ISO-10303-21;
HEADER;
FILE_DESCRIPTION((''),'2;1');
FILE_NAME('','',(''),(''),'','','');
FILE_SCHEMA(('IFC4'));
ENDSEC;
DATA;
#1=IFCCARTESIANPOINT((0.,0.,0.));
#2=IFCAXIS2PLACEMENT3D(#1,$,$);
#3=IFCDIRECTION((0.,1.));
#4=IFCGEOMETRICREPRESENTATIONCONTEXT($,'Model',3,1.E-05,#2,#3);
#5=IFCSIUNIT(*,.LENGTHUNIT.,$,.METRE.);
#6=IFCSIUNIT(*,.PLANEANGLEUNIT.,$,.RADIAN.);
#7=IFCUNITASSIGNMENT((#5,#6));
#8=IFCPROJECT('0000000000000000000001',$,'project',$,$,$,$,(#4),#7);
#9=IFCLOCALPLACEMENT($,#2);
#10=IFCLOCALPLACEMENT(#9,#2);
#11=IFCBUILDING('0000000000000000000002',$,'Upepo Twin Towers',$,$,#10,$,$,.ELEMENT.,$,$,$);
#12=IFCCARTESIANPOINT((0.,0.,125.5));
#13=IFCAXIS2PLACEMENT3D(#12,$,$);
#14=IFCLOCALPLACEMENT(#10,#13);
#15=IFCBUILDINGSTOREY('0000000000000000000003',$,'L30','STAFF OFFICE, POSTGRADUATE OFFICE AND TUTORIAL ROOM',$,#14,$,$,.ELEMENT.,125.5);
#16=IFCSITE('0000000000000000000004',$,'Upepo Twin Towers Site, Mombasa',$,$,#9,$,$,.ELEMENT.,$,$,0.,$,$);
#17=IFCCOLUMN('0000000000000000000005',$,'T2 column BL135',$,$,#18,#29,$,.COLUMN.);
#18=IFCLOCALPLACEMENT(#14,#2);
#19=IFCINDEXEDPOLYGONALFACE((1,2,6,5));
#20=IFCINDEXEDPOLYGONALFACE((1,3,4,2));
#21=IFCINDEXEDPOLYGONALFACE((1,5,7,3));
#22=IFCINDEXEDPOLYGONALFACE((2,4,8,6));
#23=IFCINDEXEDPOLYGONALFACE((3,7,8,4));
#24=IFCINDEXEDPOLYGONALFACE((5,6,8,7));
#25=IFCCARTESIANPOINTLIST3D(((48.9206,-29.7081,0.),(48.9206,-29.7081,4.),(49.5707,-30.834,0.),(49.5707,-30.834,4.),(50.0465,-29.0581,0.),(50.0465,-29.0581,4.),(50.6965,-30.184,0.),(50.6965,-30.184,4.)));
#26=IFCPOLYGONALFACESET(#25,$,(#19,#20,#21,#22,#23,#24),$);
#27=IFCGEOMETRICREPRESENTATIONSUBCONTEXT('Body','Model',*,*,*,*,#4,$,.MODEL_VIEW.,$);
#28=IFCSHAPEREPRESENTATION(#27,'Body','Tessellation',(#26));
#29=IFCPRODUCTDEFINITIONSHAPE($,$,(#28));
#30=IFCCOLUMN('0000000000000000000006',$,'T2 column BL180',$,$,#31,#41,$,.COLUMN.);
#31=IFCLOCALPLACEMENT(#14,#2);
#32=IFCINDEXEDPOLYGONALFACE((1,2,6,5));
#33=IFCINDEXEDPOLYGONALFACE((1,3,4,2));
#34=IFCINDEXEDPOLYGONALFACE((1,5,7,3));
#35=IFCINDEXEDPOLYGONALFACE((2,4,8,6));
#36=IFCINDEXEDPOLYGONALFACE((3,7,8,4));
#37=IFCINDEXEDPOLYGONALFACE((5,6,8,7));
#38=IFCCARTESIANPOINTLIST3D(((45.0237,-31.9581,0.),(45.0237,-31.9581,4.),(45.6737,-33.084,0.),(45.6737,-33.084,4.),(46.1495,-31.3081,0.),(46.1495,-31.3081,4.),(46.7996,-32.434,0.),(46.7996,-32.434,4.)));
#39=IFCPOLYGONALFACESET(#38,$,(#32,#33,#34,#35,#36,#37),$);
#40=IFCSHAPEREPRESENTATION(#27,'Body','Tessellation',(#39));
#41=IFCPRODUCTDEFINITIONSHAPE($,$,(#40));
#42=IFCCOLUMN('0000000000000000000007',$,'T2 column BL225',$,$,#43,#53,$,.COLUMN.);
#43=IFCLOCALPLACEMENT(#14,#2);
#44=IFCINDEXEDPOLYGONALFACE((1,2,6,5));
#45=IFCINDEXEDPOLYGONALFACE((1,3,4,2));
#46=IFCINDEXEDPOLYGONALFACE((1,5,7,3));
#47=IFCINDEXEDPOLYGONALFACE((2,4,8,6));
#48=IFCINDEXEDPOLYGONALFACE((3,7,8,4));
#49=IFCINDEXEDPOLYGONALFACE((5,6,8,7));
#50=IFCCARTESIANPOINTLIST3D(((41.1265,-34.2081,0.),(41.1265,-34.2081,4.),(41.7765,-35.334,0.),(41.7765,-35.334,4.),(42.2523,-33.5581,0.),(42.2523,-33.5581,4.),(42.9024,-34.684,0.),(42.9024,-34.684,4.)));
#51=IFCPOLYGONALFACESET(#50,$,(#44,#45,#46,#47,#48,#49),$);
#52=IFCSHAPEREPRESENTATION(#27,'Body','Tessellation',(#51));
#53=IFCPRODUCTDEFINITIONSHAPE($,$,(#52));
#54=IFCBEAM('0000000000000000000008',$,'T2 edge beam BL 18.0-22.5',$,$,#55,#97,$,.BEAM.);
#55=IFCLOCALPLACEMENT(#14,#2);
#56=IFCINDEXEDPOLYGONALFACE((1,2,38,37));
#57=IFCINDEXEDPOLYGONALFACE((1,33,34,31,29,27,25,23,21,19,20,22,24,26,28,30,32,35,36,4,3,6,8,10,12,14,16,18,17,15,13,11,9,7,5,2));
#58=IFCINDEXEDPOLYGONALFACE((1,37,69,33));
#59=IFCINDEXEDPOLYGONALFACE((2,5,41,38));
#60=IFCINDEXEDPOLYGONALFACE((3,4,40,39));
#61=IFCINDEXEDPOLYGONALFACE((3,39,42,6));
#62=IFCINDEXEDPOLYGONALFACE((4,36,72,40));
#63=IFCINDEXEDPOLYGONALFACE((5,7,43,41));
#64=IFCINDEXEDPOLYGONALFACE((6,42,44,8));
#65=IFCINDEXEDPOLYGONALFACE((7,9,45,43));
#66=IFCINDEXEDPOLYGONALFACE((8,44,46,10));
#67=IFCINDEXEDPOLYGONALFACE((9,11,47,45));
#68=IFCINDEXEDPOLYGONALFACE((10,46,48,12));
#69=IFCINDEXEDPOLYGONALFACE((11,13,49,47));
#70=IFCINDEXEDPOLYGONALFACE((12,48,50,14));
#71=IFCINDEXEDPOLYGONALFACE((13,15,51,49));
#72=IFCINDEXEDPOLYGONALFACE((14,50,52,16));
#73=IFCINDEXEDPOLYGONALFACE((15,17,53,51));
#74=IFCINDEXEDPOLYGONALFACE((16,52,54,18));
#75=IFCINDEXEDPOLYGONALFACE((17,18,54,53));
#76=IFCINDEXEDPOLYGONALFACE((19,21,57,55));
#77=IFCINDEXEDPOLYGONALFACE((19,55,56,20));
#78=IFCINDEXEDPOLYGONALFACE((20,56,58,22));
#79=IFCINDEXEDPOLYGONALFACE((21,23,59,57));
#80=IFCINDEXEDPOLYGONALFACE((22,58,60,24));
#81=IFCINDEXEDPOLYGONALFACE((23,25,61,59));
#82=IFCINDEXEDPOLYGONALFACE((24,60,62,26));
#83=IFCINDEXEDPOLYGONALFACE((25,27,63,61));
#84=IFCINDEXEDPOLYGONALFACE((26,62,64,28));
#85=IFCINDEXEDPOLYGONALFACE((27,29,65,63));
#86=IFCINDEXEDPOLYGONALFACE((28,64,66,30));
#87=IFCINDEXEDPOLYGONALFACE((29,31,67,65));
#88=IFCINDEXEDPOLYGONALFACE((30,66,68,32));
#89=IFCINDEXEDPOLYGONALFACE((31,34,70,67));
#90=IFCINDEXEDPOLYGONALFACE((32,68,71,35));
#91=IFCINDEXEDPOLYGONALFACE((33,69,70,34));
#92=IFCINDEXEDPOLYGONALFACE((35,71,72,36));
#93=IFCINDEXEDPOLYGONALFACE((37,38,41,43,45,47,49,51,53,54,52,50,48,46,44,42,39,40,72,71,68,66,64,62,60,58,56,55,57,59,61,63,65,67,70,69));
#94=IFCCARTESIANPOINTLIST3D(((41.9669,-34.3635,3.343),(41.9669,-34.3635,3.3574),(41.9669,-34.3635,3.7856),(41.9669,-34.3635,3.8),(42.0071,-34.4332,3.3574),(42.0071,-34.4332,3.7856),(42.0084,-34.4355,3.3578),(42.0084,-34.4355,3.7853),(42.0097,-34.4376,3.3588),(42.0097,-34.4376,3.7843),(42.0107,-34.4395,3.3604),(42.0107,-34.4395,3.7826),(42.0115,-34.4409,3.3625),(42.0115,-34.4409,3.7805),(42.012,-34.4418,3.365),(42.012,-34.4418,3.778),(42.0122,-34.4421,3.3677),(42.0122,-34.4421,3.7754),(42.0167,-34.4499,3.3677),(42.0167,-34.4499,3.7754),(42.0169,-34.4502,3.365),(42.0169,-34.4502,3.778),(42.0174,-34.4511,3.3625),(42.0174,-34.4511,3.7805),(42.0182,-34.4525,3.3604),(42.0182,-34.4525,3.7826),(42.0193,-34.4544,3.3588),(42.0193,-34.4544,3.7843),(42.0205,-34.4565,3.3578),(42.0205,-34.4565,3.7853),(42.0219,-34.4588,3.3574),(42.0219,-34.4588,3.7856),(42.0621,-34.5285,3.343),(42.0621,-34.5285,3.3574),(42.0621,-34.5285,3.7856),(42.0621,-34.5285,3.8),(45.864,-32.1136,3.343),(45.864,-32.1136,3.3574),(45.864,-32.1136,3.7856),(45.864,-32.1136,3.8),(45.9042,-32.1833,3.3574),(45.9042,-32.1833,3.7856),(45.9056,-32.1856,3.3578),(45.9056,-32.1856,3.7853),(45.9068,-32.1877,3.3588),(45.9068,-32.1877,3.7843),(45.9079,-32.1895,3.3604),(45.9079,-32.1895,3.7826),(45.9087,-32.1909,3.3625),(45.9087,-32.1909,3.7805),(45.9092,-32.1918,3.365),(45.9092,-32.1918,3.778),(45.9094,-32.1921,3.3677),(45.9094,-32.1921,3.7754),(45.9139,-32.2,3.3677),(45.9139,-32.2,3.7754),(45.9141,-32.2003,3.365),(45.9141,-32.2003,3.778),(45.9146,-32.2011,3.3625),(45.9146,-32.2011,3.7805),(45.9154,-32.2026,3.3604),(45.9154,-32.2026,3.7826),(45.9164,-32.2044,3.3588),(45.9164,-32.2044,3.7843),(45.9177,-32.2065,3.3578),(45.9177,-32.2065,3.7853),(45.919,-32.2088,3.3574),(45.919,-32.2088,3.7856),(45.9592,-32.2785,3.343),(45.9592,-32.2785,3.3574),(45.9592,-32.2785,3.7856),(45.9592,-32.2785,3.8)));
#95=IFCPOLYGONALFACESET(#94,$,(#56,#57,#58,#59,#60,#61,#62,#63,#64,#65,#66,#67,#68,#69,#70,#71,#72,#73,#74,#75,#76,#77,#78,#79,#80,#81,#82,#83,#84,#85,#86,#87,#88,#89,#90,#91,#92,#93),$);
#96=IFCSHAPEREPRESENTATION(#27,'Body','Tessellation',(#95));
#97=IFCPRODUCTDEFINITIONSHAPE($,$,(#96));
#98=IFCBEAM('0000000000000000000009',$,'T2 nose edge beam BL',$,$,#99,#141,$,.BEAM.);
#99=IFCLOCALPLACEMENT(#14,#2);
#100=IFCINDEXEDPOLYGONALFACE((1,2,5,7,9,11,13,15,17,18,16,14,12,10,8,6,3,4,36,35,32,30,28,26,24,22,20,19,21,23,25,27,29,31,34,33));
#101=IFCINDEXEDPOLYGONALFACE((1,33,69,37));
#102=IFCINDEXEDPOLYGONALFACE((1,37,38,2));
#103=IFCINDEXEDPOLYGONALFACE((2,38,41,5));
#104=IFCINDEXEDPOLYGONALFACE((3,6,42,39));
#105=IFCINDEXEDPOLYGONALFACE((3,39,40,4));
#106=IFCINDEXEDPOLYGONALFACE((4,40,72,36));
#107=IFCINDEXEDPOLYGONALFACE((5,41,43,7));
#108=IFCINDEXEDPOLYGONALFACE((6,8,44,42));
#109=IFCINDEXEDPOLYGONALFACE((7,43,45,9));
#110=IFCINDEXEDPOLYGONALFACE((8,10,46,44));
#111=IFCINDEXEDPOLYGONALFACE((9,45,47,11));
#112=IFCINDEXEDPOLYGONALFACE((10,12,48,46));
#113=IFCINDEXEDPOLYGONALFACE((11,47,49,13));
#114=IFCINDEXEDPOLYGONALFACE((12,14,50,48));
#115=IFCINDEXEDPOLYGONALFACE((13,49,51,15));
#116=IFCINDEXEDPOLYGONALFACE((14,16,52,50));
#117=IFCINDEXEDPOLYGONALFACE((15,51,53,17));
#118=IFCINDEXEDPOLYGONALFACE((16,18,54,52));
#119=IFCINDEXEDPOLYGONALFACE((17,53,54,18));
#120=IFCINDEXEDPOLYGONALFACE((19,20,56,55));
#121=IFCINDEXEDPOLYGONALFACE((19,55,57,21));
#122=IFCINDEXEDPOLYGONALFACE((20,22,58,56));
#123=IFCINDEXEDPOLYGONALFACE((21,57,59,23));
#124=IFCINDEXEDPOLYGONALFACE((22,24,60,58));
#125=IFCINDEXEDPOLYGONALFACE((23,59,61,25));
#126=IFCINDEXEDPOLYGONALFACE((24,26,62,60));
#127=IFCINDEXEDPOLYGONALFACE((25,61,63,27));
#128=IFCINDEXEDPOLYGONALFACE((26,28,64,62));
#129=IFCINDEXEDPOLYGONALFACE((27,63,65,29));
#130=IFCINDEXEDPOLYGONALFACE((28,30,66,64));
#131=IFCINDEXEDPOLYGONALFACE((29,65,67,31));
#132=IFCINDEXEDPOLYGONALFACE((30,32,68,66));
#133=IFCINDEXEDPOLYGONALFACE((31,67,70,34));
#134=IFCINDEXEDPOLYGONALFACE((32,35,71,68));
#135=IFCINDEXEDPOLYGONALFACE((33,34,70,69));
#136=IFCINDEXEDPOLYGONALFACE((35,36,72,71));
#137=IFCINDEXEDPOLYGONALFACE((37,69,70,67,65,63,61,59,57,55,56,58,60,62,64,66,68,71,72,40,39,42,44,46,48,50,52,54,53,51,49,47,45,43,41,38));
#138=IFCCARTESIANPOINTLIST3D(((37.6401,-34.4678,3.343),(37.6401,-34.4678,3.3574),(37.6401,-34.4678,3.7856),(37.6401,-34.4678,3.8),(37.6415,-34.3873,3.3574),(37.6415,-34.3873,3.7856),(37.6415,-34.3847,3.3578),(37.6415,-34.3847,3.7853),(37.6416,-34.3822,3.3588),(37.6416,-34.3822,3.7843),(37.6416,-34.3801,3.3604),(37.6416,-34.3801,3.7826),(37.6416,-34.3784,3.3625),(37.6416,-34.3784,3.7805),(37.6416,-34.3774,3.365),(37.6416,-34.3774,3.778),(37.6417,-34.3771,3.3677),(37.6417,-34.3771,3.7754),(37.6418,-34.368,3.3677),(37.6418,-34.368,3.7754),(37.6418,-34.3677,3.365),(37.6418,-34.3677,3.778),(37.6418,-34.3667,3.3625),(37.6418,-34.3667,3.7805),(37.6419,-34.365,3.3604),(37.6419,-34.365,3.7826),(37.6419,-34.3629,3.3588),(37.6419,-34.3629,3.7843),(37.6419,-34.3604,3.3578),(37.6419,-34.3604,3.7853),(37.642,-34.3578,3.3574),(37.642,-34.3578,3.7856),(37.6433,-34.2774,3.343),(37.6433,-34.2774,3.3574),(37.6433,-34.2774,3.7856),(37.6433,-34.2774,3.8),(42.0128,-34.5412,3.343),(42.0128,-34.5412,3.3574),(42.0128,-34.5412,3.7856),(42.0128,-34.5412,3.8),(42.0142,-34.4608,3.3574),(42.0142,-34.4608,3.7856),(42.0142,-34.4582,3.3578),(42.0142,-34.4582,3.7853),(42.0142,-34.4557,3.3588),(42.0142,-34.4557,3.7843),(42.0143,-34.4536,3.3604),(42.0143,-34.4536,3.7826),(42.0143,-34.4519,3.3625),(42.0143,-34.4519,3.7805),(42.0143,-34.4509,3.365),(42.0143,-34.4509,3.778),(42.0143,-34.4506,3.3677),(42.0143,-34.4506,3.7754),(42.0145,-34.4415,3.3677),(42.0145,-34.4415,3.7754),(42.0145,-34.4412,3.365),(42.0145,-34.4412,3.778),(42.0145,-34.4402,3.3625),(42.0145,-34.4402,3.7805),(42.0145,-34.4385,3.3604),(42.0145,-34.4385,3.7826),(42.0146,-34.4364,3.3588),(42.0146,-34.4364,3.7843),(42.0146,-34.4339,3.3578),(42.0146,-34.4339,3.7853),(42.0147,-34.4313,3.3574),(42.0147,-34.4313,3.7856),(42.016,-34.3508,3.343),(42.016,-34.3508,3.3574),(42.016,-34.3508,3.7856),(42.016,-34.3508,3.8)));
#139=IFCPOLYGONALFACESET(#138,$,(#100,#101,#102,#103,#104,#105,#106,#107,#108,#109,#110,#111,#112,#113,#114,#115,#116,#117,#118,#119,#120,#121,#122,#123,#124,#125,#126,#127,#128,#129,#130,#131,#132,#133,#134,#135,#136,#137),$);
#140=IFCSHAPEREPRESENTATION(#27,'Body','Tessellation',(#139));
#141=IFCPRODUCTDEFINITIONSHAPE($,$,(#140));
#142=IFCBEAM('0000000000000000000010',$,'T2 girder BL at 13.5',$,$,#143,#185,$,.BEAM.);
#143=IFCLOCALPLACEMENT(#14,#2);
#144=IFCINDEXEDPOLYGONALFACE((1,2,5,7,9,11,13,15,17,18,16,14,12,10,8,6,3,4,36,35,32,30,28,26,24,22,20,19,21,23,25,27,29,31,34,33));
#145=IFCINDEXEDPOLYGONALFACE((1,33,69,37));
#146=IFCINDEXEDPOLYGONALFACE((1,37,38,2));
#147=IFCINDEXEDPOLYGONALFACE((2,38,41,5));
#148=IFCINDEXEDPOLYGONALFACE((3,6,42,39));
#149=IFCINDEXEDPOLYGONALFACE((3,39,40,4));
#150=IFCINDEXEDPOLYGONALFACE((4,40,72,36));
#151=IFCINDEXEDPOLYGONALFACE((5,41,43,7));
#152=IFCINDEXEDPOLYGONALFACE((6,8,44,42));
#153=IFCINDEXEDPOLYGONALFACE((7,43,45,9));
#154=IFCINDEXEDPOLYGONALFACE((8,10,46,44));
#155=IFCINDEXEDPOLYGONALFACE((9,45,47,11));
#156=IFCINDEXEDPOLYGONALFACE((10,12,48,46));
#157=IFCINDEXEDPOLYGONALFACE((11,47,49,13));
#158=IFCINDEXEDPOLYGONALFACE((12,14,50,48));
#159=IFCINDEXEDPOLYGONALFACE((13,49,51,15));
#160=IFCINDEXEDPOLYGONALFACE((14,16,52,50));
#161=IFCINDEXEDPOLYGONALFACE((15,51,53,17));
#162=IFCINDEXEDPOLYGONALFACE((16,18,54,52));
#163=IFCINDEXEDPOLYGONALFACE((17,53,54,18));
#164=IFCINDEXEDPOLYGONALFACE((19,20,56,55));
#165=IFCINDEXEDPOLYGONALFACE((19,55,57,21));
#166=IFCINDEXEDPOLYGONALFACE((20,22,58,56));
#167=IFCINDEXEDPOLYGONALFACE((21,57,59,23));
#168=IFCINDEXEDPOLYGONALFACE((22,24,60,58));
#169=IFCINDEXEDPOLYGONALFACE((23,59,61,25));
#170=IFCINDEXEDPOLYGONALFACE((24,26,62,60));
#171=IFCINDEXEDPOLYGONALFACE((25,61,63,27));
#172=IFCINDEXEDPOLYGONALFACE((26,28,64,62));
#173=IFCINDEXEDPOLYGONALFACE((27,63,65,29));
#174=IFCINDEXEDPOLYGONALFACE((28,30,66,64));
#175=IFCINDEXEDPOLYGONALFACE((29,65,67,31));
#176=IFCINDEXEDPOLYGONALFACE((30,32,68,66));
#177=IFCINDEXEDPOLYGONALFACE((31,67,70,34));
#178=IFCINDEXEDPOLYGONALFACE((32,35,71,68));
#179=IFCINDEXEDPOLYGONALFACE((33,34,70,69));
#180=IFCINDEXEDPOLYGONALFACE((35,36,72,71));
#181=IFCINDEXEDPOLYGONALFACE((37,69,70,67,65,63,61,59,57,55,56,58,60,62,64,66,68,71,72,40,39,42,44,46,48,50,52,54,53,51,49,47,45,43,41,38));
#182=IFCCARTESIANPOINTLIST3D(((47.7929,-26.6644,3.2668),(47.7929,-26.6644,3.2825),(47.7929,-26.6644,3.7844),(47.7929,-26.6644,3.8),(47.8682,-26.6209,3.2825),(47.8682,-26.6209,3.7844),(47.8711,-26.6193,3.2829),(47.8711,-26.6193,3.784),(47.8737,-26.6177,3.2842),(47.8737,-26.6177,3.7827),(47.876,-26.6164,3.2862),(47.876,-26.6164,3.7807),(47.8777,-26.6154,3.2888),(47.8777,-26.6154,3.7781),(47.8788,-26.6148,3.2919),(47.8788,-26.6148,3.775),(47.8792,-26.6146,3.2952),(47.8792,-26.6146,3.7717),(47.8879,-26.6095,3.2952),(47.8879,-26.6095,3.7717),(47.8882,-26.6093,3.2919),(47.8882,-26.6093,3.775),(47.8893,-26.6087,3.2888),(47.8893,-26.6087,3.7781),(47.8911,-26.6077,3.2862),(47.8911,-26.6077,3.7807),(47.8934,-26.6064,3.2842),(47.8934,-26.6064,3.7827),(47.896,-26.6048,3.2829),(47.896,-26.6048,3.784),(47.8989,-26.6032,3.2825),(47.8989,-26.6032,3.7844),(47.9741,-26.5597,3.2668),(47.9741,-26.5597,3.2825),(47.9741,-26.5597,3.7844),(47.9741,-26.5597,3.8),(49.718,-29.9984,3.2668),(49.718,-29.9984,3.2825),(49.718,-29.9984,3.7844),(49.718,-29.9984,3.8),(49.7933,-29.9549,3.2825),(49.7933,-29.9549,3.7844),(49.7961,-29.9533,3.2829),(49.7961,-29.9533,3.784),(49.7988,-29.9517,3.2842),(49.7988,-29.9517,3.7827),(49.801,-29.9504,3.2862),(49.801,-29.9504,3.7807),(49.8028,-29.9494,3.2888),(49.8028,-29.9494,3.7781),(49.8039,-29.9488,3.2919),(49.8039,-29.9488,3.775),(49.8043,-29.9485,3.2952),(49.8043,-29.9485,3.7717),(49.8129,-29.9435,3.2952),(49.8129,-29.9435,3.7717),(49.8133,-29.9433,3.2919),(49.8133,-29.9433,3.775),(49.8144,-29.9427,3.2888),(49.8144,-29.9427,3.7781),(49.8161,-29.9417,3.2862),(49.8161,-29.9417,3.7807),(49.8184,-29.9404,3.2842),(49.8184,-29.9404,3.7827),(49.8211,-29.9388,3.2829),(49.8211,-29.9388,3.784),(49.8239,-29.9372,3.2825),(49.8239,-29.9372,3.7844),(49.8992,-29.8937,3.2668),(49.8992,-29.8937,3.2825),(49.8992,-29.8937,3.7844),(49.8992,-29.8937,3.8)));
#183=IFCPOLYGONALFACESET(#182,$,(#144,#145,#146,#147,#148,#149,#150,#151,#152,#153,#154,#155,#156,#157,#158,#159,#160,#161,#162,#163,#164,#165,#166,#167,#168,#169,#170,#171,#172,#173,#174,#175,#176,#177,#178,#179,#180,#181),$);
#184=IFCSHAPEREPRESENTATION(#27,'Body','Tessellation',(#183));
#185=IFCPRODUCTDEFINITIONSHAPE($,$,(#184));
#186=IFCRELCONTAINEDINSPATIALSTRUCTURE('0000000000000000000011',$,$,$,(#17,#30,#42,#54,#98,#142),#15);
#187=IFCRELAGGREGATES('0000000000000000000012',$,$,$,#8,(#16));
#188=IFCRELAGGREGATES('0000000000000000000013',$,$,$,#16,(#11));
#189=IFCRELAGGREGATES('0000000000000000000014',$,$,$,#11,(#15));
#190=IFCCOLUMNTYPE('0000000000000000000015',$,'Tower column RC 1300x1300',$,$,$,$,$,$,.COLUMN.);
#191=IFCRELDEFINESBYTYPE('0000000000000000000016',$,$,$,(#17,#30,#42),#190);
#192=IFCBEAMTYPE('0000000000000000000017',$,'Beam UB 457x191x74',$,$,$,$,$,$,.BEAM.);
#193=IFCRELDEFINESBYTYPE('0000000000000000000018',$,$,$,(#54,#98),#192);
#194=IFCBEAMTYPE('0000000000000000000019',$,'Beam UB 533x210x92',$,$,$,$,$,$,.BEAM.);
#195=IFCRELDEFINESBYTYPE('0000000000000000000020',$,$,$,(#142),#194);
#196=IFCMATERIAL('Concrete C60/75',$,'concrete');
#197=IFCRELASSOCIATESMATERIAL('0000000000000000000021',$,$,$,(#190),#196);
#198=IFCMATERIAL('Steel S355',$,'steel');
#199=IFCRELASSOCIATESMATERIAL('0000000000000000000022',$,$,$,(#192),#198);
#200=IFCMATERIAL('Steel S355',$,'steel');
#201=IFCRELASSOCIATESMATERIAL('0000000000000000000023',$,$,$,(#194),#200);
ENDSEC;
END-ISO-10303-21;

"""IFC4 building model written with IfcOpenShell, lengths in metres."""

from ifc_helpers import new_model, si_unit, direction, frame, origin, origin_2d, place, context, subcontext, project, spatial, rectangle, i_section, extrude, material, material_profile, profile_set, type_object, element, save


model = new_model("IFC4")

# Units and contexts
model_context = context("Model", 3, precision=1e-05, world=origin(), true_north=direction((0.0, 1.0)))
body_context = subcontext(model_context, "Body", "Model", "MODEL_VIEW")
ifc_project = project(units=[si_unit("LENGTHUNIT", "METRE"), si_unit("PLANEANGLEUNIT", "RADIAN")], contexts=[model_context])

# Site, building, storey
site_placement = place(None, origin())
site = spatial("IfcSite", under=ifc_project, at=site_placement, Name="Upepo Twin Towers Site, Mombasa", CompositionType="ELEMENT", RefElevation=0.0)
building_placement = place(site_placement, origin())
building = spatial("IfcBuilding", under=site, at=building_placement, Name="Upepo Twin Towers", CompositionType="ELEMENT")
storey_placement = place(building_placement, frame((0.0, 0.0, 125.5)))
storey = spatial("IfcBuildingStorey", under=building, at=storey_placement, Name="L30", Description="STAFF OFFICE, POSTGRADUATE OFFICE AND TUTORIAL ROOM", CompositionType="ELEMENT", Elevation=125.5)

# Columns
ifc_material_1 = material(Name="Concrete C60/75", Category="concrete")
ifc_material_profile_1 = material_profile(ifc_material_1, rectangle(XDim=1.3, YDim=1.3, at=origin_2d()), Name="RC 1300x1300")
ifc_profile_set_1 = profile_set([ifc_material_profile_1], Name="Concrete C60/75")
column_type = type_object("IfcColumnType", Name="Tower column RC 1300x1300", PredefinedType="COLUMN", material=ifc_profile_set_1)
for number, where, z_axis, x_axis, name in (
    (1, (49.8086, -29.946, 0.0), (0.0, 0.0, 1.0), (0.866025, 0.5, 0.0), "T2 column BL135"),
    (2, (45.9116, -32.196, 0.0), (0.0, 0.0, 1.0), (0.866025, 0.5, 0.0), "T2 column BL180"),
    (3, (42.0144, -34.446, 0.0), (0.0, 0.0, 1.0), (0.866025, 0.5, 0.0), "T2 column BL225"),
):
    element("IfcColumn", number, at=place(storey_placement, frame(where, z_axis=z_axis, x_axis=x_axis)), inside=storey, type_object=column_type, Name=name, PredefinedType="COLUMN", context=body_context, shape_type="SweptSolid", body=[
        extrude(rectangle(XDim=1.3, YDim=1.3, at=origin_2d()), origin(), (0.0, 0.0, 1.0), 4.0),
    ])

# Beams
ifc_material_2 = material(Name="Steel S355", Category="steel")
ifc_material_profile_2 = material_profile(ifc_material_2, i_section(OverallWidth=0.1904, OverallDepth=0.457, WebThickness=0.009, FlangeThickness=0.0144, FilletRadius=0.0103, at=origin_2d()), Name="UB 457x191x74")
ifc_profile_set_2 = profile_set([ifc_material_profile_2], Name="Steel S355")
beam_type_1 = type_object("IfcBeamType", Name="Beam UB 457x191x74", PredefinedType="BEAM", material=ifc_profile_set_2)
beam_1_placement = place(storey_placement, frame((45.9116, -32.196, 3.5715), z_axis=(-0.866031, -0.49999, 0.0), x_axis=(0.49999, -0.866031, 0.0)))
element("IfcBeam", 4, at=beam_1_placement, inside=storey, type_object=beam_type_1, Name="T2 edge beam BL 18.0-22.5", PredefinedType="BEAM", context=body_context, shape_type="SweptSolid", body=[
    extrude(i_section(OverallWidth=0.1904, OverallDepth=0.457, WebThickness=0.009, FlangeThickness=0.0144, FilletRadius=0.0103, at=origin_2d()), origin(), (0.0, 0.0, 1.0), 4.5),
])
beam_2_placement = place(storey_placement, frame((42.0144, -34.446, 3.5715), z_axis=(-0.999859, 0.016804, 0.0), x_axis=(-0.016804, -0.999859, 0.0)))
element("IfcBeam", 5, at=beam_2_placement, inside=storey, type_object=beam_type_1, Name="T2 nose edge beam BL", PredefinedType="BEAM", context=body_context, shape_type="SweptSolid", body=[
    extrude(i_section(OverallWidth=0.1904, OverallDepth=0.457, WebThickness=0.009, FlangeThickness=0.0144, FilletRadius=0.0103, at=origin_2d()), origin(), (0.0, 0.0, 1.0), 4.3733),
])
ifc_material_3 = material(Name="Steel S355", Category="steel")
ifc_material_profile_3 = material_profile(ifc_material_3, i_section(OverallWidth=0.2092, OverallDepth=0.5332, WebThickness=0.01, FlangeThickness=0.0156, FilletRadius=0.0127, at=origin_2d()), Name="UB 533x210x92")
ifc_profile_set_3 = profile_set([ifc_material_profile_3], Name="Steel S355")
beam_type_2 = type_object("IfcBeamType", Name="Beam UB 533x210x92", PredefinedType="BEAM", material=ifc_profile_set_3)
for number, where, z_axis, x_axis, name in (
    (6, (49.8086, -29.946, 3.5334), (-0.500034, 0.866006, 0.0), (-0.866006, -0.500034, 0.0), "T2 girder BL at 13.5"),
):
    element("IfcBeam", number, at=place(storey_placement, frame(where, z_axis=z_axis, x_axis=x_axis)), inside=storey, type_object=beam_type_2, Name=name, PredefinedType="BEAM", context=body_context, shape_type="SweptSolid", body=[
        extrude(i_section(OverallWidth=0.2092, OverallDepth=0.5332, WebThickness=0.01, FlangeThickness=0.0156, FilletRadius=0.0127, at=origin_2d()), origin(), (0.0, 0.0, 1.0), 3.8499),
    ])

save(model, "model.ifc")
